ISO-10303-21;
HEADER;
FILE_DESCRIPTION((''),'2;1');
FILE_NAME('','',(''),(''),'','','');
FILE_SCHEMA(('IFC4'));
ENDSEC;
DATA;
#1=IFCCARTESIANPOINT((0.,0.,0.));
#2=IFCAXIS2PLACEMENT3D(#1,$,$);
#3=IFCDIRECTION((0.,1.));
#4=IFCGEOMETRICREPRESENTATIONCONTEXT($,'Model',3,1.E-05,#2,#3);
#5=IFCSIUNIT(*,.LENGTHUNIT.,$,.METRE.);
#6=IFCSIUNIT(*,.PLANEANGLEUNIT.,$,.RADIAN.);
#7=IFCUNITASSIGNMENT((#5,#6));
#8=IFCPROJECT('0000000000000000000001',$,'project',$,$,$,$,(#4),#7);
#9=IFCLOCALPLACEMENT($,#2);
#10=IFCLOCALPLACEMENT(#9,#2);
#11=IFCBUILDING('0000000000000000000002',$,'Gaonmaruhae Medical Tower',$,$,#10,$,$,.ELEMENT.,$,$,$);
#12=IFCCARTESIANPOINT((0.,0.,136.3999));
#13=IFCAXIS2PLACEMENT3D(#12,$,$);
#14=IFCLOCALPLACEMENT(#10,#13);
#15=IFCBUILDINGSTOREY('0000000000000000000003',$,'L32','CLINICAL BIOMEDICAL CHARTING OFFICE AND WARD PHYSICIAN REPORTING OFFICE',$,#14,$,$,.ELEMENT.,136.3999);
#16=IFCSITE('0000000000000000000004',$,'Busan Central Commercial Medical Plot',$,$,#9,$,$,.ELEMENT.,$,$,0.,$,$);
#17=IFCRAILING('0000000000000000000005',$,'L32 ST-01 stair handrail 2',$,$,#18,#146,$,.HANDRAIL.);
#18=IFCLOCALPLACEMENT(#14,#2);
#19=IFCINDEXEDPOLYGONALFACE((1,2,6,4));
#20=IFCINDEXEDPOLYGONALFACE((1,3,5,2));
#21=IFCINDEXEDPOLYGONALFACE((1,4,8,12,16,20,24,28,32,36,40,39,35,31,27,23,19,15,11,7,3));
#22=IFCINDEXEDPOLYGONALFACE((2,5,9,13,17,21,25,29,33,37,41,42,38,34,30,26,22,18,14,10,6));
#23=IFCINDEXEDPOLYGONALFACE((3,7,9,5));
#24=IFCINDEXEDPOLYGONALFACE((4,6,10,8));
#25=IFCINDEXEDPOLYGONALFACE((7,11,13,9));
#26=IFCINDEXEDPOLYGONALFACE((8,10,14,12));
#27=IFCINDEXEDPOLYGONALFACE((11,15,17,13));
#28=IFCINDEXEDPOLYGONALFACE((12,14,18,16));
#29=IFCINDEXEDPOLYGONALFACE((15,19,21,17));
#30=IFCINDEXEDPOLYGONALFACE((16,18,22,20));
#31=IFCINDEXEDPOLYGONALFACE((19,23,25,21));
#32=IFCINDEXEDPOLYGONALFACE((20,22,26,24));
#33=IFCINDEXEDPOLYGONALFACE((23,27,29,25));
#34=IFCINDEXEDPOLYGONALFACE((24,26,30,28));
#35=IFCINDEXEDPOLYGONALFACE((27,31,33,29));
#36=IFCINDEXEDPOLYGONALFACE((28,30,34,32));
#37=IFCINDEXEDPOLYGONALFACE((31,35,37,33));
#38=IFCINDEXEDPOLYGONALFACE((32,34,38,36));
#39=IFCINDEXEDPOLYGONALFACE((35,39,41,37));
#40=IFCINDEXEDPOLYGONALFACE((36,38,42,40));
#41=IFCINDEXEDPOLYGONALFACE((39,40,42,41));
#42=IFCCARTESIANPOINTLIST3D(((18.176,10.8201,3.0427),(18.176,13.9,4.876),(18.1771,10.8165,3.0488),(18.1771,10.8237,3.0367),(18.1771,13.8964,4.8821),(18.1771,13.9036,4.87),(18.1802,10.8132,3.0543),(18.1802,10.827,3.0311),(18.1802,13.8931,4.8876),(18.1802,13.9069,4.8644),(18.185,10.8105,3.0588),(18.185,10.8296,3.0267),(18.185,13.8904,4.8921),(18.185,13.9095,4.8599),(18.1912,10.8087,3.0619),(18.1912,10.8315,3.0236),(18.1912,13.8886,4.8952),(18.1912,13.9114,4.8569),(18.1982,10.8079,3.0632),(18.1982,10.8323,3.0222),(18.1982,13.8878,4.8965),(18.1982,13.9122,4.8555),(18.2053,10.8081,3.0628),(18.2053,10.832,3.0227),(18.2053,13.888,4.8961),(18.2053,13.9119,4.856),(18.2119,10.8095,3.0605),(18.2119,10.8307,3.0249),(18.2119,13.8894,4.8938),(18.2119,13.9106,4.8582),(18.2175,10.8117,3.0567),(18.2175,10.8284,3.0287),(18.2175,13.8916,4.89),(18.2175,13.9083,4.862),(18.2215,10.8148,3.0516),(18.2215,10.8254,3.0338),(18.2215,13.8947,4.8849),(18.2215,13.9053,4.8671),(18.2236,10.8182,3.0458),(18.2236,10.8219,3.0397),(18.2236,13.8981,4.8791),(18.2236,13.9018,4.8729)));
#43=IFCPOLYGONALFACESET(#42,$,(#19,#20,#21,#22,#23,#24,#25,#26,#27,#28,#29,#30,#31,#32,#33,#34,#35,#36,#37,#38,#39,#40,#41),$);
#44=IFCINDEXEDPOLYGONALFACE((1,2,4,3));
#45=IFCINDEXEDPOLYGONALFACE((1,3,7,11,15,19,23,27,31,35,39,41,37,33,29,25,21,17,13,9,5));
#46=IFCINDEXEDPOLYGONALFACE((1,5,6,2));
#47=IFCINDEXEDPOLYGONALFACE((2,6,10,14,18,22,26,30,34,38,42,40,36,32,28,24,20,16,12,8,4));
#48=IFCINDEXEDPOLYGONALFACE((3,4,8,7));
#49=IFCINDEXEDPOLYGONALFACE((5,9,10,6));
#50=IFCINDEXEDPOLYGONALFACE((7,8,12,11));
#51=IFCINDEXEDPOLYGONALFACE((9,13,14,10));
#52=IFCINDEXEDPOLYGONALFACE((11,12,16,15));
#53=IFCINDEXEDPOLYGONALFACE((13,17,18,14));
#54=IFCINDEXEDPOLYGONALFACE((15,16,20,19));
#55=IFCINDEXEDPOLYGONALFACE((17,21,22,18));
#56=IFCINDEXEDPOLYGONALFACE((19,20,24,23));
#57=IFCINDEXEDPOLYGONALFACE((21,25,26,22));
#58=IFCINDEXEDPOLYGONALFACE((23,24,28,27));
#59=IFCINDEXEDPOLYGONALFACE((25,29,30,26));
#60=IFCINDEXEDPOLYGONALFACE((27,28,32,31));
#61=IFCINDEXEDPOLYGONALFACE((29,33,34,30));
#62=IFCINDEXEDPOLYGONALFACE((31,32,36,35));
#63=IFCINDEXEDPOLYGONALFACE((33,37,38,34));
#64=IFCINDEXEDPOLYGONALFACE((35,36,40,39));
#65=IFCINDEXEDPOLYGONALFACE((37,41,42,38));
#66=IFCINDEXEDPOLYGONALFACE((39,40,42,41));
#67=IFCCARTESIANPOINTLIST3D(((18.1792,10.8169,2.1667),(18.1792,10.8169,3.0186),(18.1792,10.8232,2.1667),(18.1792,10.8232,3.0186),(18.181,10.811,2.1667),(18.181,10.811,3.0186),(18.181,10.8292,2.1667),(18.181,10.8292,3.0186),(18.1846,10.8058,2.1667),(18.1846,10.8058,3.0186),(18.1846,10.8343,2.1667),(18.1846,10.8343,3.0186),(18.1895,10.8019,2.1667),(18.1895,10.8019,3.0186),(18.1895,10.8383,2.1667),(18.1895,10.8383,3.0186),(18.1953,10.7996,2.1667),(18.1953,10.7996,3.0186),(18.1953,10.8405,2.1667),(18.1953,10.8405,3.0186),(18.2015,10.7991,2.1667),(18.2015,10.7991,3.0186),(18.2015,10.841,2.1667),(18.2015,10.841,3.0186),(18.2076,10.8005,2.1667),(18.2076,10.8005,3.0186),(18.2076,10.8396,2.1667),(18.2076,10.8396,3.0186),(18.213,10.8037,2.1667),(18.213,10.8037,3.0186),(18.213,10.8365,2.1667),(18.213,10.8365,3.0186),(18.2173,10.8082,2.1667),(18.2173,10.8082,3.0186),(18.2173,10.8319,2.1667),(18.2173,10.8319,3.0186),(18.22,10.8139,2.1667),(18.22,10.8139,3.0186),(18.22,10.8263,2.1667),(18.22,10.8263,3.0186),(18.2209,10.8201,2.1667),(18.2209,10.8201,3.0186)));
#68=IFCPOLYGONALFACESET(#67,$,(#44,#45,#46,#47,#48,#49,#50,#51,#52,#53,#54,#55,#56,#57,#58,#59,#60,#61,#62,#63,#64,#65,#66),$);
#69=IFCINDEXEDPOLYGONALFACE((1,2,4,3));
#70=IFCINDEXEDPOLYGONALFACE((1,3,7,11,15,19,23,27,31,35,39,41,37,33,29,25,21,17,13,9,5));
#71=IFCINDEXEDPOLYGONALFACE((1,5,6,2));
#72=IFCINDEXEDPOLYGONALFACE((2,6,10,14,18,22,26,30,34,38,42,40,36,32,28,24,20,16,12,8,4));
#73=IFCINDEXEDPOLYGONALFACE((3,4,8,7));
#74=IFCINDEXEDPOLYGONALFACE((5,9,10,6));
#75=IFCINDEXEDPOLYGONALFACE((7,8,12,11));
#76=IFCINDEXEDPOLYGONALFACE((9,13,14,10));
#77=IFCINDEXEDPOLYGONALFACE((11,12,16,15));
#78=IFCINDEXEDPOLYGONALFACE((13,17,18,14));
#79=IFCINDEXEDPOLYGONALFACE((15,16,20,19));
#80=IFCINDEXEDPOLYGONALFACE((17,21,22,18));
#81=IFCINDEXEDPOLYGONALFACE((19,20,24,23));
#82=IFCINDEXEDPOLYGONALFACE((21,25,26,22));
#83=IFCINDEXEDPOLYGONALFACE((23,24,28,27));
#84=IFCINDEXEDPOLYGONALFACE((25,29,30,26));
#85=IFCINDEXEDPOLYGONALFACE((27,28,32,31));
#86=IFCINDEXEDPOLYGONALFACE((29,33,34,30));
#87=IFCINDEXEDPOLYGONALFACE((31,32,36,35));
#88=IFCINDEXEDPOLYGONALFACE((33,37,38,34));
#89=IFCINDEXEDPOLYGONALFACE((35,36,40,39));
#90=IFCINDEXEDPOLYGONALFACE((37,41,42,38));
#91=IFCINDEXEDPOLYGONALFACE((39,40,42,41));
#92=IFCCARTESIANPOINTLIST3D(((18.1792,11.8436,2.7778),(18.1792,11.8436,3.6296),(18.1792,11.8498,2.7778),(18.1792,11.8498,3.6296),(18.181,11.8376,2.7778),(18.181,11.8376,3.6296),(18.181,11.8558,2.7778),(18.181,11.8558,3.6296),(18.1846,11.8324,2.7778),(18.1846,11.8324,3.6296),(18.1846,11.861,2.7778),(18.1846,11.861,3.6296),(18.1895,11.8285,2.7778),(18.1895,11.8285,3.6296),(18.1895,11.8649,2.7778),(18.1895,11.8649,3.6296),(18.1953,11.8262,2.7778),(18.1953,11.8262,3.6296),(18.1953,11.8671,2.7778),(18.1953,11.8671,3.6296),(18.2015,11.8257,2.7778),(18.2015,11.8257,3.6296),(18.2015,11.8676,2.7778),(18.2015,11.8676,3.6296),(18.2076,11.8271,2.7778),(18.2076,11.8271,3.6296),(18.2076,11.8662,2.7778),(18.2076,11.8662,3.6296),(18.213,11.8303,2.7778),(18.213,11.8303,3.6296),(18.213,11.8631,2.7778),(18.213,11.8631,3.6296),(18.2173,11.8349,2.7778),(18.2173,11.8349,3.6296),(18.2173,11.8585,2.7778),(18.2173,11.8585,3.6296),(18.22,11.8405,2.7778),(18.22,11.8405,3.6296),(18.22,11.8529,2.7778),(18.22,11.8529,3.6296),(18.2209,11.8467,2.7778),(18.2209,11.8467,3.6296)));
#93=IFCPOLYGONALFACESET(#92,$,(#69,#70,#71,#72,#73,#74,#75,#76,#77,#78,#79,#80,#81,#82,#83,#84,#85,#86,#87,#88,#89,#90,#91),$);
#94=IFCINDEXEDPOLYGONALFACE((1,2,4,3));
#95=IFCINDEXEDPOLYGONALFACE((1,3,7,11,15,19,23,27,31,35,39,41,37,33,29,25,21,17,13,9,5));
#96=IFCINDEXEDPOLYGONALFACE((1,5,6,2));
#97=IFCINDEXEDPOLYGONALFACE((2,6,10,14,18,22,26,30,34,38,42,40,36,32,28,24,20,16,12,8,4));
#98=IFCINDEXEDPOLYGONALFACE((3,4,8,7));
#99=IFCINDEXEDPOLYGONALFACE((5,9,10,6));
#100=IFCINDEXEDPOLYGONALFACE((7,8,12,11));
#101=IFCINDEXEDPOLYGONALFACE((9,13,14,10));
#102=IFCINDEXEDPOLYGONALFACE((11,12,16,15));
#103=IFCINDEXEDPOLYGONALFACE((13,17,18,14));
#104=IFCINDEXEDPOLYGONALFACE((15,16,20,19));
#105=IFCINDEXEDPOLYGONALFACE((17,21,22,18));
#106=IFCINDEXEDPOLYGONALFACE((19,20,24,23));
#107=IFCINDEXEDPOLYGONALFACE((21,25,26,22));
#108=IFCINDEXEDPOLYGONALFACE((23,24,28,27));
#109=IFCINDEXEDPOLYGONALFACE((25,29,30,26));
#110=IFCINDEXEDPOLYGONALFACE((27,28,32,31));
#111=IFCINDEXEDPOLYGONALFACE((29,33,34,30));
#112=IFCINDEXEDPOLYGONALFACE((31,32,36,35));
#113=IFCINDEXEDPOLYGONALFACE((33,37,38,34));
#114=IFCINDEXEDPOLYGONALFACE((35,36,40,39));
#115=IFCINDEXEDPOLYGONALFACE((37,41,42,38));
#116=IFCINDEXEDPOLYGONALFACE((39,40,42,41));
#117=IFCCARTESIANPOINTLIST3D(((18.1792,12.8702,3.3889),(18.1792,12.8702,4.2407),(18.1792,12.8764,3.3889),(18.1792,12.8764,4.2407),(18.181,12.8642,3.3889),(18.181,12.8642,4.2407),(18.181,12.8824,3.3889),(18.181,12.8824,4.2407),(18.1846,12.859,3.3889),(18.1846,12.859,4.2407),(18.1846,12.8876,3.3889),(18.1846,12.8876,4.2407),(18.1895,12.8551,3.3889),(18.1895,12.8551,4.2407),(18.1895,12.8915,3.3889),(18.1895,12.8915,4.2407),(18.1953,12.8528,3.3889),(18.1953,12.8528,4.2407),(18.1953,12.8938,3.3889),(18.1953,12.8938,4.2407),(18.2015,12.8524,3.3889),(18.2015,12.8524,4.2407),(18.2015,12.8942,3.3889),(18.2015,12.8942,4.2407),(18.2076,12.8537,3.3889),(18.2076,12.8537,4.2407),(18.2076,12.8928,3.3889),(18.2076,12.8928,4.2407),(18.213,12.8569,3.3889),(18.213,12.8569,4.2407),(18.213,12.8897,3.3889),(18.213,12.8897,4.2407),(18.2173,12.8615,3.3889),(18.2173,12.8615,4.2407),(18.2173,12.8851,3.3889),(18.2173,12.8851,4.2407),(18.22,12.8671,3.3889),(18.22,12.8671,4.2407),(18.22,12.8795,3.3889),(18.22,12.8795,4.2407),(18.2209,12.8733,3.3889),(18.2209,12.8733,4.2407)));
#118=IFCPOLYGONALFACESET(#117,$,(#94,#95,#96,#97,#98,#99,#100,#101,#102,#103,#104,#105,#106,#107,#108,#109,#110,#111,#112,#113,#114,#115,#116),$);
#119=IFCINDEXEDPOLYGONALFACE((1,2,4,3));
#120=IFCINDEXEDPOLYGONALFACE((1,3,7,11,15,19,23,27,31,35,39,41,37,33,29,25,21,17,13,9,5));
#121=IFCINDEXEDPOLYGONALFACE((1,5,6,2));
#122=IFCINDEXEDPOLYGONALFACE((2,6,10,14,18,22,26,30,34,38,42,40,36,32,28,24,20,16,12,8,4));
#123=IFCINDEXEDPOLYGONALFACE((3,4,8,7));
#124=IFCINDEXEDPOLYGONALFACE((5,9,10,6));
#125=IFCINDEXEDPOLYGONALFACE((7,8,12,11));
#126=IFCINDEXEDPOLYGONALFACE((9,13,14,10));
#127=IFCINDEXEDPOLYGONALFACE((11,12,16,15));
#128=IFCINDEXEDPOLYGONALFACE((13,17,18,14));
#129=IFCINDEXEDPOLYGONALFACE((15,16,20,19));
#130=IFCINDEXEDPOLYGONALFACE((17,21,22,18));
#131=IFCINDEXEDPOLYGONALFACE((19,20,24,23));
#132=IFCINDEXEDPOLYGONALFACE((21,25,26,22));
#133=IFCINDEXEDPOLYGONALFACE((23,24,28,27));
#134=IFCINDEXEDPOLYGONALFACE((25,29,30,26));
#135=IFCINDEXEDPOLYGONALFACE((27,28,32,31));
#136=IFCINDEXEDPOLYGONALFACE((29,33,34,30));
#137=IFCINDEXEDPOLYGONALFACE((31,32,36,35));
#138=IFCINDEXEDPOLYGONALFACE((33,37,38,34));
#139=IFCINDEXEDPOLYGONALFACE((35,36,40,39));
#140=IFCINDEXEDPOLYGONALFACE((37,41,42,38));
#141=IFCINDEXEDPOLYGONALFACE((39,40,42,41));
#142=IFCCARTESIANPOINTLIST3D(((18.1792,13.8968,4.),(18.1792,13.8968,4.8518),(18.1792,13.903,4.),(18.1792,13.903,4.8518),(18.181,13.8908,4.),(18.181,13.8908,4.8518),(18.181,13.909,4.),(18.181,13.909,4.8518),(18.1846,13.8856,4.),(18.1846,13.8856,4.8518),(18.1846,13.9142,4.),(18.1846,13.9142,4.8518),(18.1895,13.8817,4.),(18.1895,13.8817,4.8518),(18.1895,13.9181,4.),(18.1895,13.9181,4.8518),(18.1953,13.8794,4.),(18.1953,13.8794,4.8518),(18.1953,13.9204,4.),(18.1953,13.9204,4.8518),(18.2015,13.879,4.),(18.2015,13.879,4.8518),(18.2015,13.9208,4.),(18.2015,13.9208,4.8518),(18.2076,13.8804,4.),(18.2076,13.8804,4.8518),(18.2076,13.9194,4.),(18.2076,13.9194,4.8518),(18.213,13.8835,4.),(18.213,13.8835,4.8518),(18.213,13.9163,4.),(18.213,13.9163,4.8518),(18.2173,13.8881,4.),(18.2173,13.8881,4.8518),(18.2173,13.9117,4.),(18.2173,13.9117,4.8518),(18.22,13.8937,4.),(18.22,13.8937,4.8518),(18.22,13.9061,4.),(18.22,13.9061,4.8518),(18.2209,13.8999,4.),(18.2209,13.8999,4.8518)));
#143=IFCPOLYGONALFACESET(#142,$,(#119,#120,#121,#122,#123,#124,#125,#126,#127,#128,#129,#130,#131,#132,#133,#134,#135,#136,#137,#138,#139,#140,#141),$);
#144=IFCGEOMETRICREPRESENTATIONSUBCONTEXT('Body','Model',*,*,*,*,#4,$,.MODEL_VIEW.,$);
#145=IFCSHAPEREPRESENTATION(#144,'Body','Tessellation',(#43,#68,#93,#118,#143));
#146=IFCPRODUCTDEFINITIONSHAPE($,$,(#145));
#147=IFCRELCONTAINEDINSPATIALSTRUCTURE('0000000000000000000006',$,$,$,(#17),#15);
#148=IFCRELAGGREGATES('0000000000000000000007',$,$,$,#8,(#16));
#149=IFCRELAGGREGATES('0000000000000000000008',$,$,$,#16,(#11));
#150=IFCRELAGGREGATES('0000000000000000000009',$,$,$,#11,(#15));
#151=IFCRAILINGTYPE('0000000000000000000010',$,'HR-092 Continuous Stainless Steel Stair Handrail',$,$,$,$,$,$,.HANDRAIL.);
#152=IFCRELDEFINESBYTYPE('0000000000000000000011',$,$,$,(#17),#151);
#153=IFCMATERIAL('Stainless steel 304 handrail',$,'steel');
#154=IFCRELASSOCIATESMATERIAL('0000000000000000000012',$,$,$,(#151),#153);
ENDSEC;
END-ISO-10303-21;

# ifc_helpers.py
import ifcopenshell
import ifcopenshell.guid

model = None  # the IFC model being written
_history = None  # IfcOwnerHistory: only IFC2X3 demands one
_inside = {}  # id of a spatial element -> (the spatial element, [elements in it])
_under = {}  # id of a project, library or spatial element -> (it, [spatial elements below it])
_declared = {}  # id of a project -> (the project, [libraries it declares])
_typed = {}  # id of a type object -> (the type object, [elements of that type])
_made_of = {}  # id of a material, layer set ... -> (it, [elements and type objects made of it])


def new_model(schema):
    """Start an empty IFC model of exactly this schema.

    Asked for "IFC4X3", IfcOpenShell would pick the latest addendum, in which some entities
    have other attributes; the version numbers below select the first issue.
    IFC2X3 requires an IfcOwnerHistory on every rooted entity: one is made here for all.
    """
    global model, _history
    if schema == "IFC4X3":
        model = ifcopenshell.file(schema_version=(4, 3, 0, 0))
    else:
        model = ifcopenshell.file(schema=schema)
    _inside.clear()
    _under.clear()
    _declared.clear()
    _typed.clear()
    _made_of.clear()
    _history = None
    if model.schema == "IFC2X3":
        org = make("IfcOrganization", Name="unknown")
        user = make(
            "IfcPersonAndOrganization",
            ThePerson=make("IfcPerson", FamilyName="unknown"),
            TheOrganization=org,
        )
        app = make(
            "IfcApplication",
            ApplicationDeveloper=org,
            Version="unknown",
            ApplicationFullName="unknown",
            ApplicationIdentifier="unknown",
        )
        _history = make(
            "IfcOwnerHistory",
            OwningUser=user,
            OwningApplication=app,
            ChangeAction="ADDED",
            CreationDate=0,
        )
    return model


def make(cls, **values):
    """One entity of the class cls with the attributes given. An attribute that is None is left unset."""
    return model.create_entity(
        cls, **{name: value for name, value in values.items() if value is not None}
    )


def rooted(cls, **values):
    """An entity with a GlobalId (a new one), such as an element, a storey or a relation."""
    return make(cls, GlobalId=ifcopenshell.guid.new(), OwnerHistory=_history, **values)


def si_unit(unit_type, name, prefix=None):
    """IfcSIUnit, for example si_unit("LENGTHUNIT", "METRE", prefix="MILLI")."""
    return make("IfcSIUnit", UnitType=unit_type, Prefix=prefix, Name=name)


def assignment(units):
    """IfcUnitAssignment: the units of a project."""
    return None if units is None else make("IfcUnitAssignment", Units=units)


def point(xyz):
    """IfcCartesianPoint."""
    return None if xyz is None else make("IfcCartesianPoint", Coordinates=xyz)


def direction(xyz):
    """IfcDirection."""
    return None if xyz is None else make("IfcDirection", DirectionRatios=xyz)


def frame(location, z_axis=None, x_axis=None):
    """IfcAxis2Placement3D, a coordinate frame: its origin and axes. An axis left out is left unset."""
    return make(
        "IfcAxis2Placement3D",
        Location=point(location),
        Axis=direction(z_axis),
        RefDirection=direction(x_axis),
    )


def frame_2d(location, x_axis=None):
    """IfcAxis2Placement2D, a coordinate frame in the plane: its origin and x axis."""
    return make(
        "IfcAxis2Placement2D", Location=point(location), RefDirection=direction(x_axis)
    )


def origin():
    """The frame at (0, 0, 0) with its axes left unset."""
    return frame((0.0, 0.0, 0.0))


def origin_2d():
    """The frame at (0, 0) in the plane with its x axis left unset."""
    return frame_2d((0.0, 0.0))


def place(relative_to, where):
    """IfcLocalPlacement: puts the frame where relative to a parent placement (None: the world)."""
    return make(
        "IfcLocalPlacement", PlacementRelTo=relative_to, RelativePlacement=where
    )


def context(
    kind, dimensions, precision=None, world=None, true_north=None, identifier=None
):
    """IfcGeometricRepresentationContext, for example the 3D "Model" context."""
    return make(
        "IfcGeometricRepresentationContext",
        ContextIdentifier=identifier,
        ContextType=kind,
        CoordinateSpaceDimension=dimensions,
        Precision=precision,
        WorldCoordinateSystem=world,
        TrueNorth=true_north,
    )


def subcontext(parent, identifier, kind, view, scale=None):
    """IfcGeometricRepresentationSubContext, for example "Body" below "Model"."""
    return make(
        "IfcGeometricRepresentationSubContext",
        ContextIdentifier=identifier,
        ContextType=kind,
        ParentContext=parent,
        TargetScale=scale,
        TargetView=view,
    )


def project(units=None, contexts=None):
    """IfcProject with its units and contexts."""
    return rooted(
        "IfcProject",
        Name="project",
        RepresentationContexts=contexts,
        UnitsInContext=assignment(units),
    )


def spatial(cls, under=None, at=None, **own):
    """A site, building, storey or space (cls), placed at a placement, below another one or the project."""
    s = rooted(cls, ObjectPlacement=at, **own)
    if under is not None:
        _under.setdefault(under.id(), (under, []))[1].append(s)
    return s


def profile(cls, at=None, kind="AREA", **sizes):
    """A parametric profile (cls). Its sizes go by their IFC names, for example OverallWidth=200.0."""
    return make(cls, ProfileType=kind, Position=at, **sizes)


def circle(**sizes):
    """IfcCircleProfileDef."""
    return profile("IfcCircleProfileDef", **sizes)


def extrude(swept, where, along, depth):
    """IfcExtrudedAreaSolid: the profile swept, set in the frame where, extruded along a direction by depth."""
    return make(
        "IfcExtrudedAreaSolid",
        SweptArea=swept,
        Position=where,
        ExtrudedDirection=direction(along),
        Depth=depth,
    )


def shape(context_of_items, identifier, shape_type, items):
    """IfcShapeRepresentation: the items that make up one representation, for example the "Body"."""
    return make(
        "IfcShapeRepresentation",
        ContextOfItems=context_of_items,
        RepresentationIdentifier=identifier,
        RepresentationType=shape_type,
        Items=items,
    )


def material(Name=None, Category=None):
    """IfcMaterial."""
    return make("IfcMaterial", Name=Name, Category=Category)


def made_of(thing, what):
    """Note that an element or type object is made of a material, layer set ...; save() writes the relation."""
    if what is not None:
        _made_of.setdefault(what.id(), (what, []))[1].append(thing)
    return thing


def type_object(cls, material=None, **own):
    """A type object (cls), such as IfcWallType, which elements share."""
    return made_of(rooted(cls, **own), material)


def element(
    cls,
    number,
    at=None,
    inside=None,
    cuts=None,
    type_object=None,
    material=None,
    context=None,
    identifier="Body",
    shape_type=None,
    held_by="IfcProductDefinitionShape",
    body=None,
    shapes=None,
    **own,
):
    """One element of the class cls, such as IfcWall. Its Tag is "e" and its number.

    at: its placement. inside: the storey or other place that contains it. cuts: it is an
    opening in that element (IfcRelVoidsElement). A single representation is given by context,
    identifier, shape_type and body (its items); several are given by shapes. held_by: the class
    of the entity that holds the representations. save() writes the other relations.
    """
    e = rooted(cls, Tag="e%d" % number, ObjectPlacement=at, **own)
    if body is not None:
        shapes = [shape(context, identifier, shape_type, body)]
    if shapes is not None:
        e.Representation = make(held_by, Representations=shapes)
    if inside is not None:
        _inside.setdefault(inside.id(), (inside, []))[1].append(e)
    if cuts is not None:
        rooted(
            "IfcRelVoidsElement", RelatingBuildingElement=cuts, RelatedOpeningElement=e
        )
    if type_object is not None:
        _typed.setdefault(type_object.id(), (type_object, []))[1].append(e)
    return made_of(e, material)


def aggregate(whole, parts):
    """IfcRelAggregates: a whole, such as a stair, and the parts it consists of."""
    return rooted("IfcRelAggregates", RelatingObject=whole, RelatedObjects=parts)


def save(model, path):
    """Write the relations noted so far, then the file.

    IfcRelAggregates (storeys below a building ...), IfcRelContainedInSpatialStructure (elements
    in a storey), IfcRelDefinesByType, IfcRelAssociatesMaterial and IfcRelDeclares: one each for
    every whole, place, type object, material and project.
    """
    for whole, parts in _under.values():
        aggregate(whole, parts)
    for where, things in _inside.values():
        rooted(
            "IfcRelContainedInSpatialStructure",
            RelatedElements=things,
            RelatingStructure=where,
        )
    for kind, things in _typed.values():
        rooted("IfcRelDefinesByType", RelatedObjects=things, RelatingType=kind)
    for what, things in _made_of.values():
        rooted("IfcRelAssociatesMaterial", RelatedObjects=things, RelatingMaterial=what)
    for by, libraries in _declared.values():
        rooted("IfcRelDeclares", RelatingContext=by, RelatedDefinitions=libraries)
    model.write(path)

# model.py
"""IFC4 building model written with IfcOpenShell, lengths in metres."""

from ifc_helpers import new_model, si_unit, direction, frame, origin, origin_2d, place, context, subcontext, project, spatial, circle, extrude, material, type_object, element, save


model = new_model("IFC4")

# Units and contexts
model_context = context("Model", 3, precision=1e-05, world=origin(), true_north=direction((0.0, 1.0)))
body_context = subcontext(model_context, "Body", "Model", "MODEL_VIEW")
ifc_project = project(units=[si_unit("LENGTHUNIT", "METRE"), si_unit("PLANEANGLEUNIT", "RADIAN")], contexts=[model_context])

# Site, building, storey
site_placement = place(None, origin())
site = spatial("IfcSite", under=ifc_project, at=site_placement, Name="Busan Central Commercial Medical Plot", CompositionType="ELEMENT", RefElevation=0.0)
building_placement = place(site_placement, origin())
building = spatial("IfcBuilding", under=site, at=building_placement, Name="Gaonmaruhae Medical Tower", CompositionType="ELEMENT")
storey_placement = place(building_placement, frame((0.0, 0.0, 136.3999)))
storey = spatial("IfcBuildingStorey", under=building, at=storey_placement, Name="L32", Description="CLINICAL BIOMEDICAL CHARTING OFFICE AND WARD PHYSICIAN REPORTING OFFICE", CompositionType="ELEMENT", Elevation=136.3999)

# Railing
ifc_material_1 = material(Name="Stainless steel 304 handrail", Category="steel")
railing_type_1 = type_object("IfcRailingType", Name="HR-092 Continuous Stainless Steel Stair Handrail", PredefinedType="HANDRAIL", material=ifc_material_1)
railing_1_placement = place(storey_placement, frame((18.2, 10.8201, 2.1667)))
element("IfcRailing", 1, at=railing_1_placement, inside=storey, type_object=railing_type_1, Name="L32 ST-01 stair handrail 2", PredefinedType="HANDRAIL", context=body_context, shape_type="SweptSolid", body=[
    extrude(circle(Radius=0.0239, at=origin_2d()), frame((0.0, 0.0, 0.876), z_axis=(0.0, 0.859291, 0.511487), x_axis=(-1.0, 0.0, 0.0)), (0.0, 0.0, 1.0), 3.5842),
    extrude(circle(Radius=0.021, at=origin_2d()), origin(), (0.0, 0.0, 1.0), 0.8518),
    extrude(circle(Radius=0.021, at=origin_2d()), frame((0.0, 1.0266, 0.6111)), (0.0, 0.0, 1.0), 0.8518),
    extrude(circle(Radius=0.021, at=origin_2d()), frame((0.0, 2.0532, 1.2222)), (0.0, 0.0, 1.0), 0.8518),
    extrude(circle(Radius=0.021, at=origin_2d()), frame((0.0, 3.0798, 1.8333)), (0.0, 0.0, 1.0), 0.8518),
])

save(model, "model.ifc")
